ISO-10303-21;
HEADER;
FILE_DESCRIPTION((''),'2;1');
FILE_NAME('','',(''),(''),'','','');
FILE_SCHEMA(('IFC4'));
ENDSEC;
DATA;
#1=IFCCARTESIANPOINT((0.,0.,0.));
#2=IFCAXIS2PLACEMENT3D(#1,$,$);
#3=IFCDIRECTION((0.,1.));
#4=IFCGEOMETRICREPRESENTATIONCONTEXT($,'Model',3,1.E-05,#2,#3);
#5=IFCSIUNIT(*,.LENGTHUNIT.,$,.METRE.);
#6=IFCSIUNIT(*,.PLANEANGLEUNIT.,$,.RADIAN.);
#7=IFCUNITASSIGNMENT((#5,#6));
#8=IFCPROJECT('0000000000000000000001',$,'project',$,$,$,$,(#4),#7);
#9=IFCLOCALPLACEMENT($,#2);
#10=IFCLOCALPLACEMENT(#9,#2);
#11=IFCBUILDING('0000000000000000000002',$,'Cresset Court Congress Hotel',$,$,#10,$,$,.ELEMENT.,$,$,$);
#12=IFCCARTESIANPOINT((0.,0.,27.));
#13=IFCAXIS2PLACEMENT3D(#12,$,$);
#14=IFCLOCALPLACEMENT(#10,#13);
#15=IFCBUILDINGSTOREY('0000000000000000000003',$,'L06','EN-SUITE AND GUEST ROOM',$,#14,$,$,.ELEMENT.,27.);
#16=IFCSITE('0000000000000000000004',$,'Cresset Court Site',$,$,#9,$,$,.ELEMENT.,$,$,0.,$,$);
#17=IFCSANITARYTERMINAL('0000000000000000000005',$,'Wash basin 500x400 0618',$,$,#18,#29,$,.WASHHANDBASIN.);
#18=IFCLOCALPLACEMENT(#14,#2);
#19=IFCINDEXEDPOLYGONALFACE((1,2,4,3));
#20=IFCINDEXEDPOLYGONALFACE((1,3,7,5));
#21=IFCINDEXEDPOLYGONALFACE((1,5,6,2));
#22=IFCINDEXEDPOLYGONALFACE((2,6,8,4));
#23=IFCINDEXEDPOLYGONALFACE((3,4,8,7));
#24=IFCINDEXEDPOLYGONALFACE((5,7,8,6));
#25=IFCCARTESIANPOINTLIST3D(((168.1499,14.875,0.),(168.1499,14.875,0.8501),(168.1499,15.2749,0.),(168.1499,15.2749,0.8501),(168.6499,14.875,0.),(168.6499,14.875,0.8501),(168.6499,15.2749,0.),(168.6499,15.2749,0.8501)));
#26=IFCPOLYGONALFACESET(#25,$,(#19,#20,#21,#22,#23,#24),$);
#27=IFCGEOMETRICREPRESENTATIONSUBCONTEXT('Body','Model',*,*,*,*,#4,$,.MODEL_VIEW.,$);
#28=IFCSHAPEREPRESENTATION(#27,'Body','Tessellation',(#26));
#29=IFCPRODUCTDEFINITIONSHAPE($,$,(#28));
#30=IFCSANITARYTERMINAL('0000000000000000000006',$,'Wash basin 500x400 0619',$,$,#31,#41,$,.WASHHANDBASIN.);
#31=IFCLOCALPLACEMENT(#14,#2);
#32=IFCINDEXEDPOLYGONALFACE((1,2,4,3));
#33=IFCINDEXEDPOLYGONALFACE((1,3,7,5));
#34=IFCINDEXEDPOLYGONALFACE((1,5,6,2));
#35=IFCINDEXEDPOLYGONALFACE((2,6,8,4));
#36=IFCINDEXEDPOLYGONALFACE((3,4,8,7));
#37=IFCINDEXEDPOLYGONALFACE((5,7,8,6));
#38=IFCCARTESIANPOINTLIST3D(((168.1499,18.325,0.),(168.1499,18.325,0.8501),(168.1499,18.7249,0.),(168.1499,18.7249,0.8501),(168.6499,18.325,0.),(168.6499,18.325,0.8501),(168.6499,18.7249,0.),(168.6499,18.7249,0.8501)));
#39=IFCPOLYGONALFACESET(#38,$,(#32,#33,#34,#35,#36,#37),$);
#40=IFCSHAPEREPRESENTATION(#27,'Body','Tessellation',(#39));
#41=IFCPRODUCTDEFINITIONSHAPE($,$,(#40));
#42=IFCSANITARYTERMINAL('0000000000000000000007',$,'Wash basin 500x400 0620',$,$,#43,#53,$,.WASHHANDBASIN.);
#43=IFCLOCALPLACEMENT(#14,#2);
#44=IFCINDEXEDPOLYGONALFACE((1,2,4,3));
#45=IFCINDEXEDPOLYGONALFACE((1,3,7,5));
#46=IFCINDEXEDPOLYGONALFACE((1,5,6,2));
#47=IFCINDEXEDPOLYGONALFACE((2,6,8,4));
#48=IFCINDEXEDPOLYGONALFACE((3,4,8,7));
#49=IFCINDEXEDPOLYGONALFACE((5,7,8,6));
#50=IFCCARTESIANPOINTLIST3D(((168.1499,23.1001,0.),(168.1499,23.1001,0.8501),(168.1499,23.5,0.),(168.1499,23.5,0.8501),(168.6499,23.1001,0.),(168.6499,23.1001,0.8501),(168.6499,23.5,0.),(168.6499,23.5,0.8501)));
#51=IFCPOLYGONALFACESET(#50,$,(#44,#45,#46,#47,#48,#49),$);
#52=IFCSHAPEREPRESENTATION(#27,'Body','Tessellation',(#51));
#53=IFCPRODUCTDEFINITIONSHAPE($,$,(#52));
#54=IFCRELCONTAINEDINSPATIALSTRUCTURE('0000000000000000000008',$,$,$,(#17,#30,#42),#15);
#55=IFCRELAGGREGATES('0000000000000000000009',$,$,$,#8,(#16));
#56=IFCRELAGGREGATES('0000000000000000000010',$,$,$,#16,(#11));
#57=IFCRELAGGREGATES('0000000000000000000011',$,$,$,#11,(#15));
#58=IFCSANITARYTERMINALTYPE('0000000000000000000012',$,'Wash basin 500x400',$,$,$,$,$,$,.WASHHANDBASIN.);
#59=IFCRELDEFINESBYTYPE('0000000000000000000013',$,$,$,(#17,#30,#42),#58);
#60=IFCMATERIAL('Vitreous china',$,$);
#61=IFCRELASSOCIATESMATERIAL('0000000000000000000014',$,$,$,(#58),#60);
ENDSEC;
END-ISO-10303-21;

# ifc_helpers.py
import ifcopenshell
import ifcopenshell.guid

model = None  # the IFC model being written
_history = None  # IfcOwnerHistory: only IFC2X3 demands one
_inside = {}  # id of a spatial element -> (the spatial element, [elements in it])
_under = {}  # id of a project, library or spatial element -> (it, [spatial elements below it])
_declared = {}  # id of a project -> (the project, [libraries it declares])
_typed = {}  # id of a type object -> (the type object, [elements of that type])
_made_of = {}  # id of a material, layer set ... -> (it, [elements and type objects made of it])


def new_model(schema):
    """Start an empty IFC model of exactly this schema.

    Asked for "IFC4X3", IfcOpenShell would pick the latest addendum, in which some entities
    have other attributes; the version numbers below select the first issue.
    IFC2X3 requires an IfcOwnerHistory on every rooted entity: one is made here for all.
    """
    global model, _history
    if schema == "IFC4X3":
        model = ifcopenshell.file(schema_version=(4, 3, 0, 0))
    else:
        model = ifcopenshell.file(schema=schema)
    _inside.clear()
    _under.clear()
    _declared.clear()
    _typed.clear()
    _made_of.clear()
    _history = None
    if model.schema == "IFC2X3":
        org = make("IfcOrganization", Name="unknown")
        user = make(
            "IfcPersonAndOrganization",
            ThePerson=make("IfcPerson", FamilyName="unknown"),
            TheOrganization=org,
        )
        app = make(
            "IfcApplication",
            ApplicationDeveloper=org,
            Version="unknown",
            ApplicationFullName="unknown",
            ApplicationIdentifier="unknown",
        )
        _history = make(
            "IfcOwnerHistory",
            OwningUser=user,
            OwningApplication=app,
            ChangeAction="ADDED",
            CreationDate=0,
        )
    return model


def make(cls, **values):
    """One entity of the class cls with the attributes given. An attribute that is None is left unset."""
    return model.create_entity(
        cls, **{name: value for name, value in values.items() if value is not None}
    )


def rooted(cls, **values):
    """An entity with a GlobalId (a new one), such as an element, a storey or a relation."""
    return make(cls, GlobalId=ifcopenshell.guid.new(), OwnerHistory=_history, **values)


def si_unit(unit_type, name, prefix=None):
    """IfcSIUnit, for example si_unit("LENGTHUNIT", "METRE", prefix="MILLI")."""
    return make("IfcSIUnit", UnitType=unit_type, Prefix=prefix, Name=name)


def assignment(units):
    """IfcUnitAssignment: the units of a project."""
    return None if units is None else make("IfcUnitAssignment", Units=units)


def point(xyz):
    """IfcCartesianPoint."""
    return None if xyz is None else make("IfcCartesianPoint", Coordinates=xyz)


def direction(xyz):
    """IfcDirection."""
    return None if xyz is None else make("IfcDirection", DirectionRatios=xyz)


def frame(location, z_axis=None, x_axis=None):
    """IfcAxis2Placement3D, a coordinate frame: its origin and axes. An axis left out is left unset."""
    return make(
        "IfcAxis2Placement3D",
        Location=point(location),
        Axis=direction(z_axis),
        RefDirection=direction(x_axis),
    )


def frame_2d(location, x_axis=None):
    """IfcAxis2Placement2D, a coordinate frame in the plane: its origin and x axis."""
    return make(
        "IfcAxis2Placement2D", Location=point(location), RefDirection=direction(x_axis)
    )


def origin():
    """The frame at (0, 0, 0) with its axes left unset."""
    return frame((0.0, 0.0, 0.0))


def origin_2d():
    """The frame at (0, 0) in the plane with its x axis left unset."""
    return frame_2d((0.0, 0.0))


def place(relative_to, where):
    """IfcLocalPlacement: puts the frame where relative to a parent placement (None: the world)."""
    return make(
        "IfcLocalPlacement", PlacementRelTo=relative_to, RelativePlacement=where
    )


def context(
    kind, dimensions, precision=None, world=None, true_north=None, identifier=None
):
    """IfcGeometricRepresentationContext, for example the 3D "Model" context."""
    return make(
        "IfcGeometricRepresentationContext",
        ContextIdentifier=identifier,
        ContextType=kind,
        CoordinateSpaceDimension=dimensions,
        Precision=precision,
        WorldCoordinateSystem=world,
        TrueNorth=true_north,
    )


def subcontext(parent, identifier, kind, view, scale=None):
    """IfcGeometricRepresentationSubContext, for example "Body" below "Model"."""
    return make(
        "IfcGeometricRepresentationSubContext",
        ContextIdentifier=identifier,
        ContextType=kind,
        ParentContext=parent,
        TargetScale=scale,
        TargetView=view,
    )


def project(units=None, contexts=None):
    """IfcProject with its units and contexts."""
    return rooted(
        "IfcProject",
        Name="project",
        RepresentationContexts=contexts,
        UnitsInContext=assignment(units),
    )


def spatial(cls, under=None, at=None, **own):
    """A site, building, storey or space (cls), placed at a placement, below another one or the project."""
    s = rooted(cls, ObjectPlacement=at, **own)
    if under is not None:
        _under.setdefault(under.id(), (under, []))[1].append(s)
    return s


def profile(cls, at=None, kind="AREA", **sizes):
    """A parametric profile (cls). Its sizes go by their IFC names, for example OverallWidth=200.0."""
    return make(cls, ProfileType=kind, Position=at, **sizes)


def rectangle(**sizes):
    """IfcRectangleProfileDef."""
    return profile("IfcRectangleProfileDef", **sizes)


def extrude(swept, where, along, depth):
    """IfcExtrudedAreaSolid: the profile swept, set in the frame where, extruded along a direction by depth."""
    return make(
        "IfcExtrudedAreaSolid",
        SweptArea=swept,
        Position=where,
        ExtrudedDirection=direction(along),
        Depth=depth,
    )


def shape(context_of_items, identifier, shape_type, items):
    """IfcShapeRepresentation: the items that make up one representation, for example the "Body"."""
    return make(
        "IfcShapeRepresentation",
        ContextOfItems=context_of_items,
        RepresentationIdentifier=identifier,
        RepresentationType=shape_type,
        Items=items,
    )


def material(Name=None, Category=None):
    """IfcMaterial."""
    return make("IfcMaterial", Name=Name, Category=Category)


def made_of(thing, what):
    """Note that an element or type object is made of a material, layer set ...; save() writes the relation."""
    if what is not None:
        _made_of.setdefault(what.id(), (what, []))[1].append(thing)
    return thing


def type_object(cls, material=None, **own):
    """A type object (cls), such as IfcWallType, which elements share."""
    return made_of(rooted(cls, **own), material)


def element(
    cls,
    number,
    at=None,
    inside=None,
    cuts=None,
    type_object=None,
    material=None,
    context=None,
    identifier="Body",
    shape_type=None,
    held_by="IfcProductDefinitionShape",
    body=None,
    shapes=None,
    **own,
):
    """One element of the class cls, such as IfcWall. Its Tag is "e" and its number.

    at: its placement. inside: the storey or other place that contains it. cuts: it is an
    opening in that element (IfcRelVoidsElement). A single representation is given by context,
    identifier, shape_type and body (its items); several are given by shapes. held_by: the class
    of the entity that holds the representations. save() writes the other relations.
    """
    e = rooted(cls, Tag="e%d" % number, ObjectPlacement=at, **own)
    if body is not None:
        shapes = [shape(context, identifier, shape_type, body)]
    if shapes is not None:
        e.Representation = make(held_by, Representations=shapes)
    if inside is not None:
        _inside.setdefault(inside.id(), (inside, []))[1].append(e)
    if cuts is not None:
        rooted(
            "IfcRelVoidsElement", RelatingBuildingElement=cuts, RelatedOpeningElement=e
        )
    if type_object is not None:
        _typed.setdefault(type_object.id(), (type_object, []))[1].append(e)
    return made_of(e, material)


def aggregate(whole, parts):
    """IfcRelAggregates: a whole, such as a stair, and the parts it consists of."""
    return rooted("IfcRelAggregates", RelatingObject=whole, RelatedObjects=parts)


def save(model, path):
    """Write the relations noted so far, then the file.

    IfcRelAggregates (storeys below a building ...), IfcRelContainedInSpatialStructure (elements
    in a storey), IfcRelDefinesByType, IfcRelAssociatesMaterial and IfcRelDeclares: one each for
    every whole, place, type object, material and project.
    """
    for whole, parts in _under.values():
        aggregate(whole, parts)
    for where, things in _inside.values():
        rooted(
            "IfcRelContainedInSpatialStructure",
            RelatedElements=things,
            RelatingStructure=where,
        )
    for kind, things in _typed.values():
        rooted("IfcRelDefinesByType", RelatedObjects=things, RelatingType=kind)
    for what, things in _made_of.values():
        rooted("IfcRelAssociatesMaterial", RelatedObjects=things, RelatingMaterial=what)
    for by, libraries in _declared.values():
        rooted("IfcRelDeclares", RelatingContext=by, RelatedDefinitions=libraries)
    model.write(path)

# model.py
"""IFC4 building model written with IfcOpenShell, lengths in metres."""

from ifc_helpers import new_model, si_unit, direction, frame, origin, origin_2d, place, context, subcontext, project, spatial, rectangle, extrude, material, type_object, element, save


model = new_model("IFC4")

# Units and contexts
model_context = context("Model", 3, precision=1e-05, world=origin(), true_north=direction((0.0, 1.0)))
body_context = subcontext(model_context, "Body", "Model", "MODEL_VIEW")
ifc_project = project(units=[si_unit("LENGTHUNIT", "METRE"), si_unit("PLANEANGLEUNIT", "RADIAN")], contexts=[model_context])

# Site, building, storey
site_placement = place(None, origin())
site = spatial("IfcSite", under=ifc_project, at=site_placement, Name="Cresset Court Site", CompositionType="ELEMENT", RefElevation=0.0)
building_placement = place(site_placement, origin())
building = spatial("IfcBuilding", under=site, at=building_placement, Name="Cresset Court Congress Hotel", CompositionType="ELEMENT")
storey_placement = place(building_placement, frame((0.0, 0.0, 27.0)))
storey = spatial("IfcBuildingStorey", under=building, at=storey_placement, Name="L06", Description="EN-SUITE AND GUEST ROOM", CompositionType="ELEMENT", Elevation=27.0)

# Sanitary terminals
ifc_material_1 = material(Name="Vitreous china")
sanitary_terminal_type_1 = type_object("IfcSanitaryTerminalType", Name="Wash basin 500x400", PredefinedType="WASHHANDBASIN", material=ifc_material_1)
for number, where, z_axis, x_axis, name in (
    (1, (168.3999, 15.075, 0.0), (0.0, 0.0, 1.0), (1.0, 0.0, 0.0), "Wash basin 500x400 0618"),
    (2, (168.3999, 18.5249, 0.0), (0.0, 0.0, 1.0), (1.0, 0.0, 0.0), "Wash basin 500x400 0619"),
    (3, (168.3999, 23.3, 0.0), (0.0, 0.0, 1.0), (1.0, 0.0, 0.0), "Wash basin 500x400 0620"),
):
    element("IfcSanitaryTerminal", number, at=place(storey_placement, frame(where, z_axis=z_axis, x_axis=x_axis)), inside=storey, type_object=sanitary_terminal_type_1, Name=name, PredefinedType="WASHHANDBASIN", context=body_context, shape_type="SweptSolid", body=[
        extrude(rectangle(XDim=0.5, YDim=0.3999, at=origin_2d()), origin(), (0.0, 0.0, 1.0), 0.8501),
    ])

save(model, "model.ifc")
